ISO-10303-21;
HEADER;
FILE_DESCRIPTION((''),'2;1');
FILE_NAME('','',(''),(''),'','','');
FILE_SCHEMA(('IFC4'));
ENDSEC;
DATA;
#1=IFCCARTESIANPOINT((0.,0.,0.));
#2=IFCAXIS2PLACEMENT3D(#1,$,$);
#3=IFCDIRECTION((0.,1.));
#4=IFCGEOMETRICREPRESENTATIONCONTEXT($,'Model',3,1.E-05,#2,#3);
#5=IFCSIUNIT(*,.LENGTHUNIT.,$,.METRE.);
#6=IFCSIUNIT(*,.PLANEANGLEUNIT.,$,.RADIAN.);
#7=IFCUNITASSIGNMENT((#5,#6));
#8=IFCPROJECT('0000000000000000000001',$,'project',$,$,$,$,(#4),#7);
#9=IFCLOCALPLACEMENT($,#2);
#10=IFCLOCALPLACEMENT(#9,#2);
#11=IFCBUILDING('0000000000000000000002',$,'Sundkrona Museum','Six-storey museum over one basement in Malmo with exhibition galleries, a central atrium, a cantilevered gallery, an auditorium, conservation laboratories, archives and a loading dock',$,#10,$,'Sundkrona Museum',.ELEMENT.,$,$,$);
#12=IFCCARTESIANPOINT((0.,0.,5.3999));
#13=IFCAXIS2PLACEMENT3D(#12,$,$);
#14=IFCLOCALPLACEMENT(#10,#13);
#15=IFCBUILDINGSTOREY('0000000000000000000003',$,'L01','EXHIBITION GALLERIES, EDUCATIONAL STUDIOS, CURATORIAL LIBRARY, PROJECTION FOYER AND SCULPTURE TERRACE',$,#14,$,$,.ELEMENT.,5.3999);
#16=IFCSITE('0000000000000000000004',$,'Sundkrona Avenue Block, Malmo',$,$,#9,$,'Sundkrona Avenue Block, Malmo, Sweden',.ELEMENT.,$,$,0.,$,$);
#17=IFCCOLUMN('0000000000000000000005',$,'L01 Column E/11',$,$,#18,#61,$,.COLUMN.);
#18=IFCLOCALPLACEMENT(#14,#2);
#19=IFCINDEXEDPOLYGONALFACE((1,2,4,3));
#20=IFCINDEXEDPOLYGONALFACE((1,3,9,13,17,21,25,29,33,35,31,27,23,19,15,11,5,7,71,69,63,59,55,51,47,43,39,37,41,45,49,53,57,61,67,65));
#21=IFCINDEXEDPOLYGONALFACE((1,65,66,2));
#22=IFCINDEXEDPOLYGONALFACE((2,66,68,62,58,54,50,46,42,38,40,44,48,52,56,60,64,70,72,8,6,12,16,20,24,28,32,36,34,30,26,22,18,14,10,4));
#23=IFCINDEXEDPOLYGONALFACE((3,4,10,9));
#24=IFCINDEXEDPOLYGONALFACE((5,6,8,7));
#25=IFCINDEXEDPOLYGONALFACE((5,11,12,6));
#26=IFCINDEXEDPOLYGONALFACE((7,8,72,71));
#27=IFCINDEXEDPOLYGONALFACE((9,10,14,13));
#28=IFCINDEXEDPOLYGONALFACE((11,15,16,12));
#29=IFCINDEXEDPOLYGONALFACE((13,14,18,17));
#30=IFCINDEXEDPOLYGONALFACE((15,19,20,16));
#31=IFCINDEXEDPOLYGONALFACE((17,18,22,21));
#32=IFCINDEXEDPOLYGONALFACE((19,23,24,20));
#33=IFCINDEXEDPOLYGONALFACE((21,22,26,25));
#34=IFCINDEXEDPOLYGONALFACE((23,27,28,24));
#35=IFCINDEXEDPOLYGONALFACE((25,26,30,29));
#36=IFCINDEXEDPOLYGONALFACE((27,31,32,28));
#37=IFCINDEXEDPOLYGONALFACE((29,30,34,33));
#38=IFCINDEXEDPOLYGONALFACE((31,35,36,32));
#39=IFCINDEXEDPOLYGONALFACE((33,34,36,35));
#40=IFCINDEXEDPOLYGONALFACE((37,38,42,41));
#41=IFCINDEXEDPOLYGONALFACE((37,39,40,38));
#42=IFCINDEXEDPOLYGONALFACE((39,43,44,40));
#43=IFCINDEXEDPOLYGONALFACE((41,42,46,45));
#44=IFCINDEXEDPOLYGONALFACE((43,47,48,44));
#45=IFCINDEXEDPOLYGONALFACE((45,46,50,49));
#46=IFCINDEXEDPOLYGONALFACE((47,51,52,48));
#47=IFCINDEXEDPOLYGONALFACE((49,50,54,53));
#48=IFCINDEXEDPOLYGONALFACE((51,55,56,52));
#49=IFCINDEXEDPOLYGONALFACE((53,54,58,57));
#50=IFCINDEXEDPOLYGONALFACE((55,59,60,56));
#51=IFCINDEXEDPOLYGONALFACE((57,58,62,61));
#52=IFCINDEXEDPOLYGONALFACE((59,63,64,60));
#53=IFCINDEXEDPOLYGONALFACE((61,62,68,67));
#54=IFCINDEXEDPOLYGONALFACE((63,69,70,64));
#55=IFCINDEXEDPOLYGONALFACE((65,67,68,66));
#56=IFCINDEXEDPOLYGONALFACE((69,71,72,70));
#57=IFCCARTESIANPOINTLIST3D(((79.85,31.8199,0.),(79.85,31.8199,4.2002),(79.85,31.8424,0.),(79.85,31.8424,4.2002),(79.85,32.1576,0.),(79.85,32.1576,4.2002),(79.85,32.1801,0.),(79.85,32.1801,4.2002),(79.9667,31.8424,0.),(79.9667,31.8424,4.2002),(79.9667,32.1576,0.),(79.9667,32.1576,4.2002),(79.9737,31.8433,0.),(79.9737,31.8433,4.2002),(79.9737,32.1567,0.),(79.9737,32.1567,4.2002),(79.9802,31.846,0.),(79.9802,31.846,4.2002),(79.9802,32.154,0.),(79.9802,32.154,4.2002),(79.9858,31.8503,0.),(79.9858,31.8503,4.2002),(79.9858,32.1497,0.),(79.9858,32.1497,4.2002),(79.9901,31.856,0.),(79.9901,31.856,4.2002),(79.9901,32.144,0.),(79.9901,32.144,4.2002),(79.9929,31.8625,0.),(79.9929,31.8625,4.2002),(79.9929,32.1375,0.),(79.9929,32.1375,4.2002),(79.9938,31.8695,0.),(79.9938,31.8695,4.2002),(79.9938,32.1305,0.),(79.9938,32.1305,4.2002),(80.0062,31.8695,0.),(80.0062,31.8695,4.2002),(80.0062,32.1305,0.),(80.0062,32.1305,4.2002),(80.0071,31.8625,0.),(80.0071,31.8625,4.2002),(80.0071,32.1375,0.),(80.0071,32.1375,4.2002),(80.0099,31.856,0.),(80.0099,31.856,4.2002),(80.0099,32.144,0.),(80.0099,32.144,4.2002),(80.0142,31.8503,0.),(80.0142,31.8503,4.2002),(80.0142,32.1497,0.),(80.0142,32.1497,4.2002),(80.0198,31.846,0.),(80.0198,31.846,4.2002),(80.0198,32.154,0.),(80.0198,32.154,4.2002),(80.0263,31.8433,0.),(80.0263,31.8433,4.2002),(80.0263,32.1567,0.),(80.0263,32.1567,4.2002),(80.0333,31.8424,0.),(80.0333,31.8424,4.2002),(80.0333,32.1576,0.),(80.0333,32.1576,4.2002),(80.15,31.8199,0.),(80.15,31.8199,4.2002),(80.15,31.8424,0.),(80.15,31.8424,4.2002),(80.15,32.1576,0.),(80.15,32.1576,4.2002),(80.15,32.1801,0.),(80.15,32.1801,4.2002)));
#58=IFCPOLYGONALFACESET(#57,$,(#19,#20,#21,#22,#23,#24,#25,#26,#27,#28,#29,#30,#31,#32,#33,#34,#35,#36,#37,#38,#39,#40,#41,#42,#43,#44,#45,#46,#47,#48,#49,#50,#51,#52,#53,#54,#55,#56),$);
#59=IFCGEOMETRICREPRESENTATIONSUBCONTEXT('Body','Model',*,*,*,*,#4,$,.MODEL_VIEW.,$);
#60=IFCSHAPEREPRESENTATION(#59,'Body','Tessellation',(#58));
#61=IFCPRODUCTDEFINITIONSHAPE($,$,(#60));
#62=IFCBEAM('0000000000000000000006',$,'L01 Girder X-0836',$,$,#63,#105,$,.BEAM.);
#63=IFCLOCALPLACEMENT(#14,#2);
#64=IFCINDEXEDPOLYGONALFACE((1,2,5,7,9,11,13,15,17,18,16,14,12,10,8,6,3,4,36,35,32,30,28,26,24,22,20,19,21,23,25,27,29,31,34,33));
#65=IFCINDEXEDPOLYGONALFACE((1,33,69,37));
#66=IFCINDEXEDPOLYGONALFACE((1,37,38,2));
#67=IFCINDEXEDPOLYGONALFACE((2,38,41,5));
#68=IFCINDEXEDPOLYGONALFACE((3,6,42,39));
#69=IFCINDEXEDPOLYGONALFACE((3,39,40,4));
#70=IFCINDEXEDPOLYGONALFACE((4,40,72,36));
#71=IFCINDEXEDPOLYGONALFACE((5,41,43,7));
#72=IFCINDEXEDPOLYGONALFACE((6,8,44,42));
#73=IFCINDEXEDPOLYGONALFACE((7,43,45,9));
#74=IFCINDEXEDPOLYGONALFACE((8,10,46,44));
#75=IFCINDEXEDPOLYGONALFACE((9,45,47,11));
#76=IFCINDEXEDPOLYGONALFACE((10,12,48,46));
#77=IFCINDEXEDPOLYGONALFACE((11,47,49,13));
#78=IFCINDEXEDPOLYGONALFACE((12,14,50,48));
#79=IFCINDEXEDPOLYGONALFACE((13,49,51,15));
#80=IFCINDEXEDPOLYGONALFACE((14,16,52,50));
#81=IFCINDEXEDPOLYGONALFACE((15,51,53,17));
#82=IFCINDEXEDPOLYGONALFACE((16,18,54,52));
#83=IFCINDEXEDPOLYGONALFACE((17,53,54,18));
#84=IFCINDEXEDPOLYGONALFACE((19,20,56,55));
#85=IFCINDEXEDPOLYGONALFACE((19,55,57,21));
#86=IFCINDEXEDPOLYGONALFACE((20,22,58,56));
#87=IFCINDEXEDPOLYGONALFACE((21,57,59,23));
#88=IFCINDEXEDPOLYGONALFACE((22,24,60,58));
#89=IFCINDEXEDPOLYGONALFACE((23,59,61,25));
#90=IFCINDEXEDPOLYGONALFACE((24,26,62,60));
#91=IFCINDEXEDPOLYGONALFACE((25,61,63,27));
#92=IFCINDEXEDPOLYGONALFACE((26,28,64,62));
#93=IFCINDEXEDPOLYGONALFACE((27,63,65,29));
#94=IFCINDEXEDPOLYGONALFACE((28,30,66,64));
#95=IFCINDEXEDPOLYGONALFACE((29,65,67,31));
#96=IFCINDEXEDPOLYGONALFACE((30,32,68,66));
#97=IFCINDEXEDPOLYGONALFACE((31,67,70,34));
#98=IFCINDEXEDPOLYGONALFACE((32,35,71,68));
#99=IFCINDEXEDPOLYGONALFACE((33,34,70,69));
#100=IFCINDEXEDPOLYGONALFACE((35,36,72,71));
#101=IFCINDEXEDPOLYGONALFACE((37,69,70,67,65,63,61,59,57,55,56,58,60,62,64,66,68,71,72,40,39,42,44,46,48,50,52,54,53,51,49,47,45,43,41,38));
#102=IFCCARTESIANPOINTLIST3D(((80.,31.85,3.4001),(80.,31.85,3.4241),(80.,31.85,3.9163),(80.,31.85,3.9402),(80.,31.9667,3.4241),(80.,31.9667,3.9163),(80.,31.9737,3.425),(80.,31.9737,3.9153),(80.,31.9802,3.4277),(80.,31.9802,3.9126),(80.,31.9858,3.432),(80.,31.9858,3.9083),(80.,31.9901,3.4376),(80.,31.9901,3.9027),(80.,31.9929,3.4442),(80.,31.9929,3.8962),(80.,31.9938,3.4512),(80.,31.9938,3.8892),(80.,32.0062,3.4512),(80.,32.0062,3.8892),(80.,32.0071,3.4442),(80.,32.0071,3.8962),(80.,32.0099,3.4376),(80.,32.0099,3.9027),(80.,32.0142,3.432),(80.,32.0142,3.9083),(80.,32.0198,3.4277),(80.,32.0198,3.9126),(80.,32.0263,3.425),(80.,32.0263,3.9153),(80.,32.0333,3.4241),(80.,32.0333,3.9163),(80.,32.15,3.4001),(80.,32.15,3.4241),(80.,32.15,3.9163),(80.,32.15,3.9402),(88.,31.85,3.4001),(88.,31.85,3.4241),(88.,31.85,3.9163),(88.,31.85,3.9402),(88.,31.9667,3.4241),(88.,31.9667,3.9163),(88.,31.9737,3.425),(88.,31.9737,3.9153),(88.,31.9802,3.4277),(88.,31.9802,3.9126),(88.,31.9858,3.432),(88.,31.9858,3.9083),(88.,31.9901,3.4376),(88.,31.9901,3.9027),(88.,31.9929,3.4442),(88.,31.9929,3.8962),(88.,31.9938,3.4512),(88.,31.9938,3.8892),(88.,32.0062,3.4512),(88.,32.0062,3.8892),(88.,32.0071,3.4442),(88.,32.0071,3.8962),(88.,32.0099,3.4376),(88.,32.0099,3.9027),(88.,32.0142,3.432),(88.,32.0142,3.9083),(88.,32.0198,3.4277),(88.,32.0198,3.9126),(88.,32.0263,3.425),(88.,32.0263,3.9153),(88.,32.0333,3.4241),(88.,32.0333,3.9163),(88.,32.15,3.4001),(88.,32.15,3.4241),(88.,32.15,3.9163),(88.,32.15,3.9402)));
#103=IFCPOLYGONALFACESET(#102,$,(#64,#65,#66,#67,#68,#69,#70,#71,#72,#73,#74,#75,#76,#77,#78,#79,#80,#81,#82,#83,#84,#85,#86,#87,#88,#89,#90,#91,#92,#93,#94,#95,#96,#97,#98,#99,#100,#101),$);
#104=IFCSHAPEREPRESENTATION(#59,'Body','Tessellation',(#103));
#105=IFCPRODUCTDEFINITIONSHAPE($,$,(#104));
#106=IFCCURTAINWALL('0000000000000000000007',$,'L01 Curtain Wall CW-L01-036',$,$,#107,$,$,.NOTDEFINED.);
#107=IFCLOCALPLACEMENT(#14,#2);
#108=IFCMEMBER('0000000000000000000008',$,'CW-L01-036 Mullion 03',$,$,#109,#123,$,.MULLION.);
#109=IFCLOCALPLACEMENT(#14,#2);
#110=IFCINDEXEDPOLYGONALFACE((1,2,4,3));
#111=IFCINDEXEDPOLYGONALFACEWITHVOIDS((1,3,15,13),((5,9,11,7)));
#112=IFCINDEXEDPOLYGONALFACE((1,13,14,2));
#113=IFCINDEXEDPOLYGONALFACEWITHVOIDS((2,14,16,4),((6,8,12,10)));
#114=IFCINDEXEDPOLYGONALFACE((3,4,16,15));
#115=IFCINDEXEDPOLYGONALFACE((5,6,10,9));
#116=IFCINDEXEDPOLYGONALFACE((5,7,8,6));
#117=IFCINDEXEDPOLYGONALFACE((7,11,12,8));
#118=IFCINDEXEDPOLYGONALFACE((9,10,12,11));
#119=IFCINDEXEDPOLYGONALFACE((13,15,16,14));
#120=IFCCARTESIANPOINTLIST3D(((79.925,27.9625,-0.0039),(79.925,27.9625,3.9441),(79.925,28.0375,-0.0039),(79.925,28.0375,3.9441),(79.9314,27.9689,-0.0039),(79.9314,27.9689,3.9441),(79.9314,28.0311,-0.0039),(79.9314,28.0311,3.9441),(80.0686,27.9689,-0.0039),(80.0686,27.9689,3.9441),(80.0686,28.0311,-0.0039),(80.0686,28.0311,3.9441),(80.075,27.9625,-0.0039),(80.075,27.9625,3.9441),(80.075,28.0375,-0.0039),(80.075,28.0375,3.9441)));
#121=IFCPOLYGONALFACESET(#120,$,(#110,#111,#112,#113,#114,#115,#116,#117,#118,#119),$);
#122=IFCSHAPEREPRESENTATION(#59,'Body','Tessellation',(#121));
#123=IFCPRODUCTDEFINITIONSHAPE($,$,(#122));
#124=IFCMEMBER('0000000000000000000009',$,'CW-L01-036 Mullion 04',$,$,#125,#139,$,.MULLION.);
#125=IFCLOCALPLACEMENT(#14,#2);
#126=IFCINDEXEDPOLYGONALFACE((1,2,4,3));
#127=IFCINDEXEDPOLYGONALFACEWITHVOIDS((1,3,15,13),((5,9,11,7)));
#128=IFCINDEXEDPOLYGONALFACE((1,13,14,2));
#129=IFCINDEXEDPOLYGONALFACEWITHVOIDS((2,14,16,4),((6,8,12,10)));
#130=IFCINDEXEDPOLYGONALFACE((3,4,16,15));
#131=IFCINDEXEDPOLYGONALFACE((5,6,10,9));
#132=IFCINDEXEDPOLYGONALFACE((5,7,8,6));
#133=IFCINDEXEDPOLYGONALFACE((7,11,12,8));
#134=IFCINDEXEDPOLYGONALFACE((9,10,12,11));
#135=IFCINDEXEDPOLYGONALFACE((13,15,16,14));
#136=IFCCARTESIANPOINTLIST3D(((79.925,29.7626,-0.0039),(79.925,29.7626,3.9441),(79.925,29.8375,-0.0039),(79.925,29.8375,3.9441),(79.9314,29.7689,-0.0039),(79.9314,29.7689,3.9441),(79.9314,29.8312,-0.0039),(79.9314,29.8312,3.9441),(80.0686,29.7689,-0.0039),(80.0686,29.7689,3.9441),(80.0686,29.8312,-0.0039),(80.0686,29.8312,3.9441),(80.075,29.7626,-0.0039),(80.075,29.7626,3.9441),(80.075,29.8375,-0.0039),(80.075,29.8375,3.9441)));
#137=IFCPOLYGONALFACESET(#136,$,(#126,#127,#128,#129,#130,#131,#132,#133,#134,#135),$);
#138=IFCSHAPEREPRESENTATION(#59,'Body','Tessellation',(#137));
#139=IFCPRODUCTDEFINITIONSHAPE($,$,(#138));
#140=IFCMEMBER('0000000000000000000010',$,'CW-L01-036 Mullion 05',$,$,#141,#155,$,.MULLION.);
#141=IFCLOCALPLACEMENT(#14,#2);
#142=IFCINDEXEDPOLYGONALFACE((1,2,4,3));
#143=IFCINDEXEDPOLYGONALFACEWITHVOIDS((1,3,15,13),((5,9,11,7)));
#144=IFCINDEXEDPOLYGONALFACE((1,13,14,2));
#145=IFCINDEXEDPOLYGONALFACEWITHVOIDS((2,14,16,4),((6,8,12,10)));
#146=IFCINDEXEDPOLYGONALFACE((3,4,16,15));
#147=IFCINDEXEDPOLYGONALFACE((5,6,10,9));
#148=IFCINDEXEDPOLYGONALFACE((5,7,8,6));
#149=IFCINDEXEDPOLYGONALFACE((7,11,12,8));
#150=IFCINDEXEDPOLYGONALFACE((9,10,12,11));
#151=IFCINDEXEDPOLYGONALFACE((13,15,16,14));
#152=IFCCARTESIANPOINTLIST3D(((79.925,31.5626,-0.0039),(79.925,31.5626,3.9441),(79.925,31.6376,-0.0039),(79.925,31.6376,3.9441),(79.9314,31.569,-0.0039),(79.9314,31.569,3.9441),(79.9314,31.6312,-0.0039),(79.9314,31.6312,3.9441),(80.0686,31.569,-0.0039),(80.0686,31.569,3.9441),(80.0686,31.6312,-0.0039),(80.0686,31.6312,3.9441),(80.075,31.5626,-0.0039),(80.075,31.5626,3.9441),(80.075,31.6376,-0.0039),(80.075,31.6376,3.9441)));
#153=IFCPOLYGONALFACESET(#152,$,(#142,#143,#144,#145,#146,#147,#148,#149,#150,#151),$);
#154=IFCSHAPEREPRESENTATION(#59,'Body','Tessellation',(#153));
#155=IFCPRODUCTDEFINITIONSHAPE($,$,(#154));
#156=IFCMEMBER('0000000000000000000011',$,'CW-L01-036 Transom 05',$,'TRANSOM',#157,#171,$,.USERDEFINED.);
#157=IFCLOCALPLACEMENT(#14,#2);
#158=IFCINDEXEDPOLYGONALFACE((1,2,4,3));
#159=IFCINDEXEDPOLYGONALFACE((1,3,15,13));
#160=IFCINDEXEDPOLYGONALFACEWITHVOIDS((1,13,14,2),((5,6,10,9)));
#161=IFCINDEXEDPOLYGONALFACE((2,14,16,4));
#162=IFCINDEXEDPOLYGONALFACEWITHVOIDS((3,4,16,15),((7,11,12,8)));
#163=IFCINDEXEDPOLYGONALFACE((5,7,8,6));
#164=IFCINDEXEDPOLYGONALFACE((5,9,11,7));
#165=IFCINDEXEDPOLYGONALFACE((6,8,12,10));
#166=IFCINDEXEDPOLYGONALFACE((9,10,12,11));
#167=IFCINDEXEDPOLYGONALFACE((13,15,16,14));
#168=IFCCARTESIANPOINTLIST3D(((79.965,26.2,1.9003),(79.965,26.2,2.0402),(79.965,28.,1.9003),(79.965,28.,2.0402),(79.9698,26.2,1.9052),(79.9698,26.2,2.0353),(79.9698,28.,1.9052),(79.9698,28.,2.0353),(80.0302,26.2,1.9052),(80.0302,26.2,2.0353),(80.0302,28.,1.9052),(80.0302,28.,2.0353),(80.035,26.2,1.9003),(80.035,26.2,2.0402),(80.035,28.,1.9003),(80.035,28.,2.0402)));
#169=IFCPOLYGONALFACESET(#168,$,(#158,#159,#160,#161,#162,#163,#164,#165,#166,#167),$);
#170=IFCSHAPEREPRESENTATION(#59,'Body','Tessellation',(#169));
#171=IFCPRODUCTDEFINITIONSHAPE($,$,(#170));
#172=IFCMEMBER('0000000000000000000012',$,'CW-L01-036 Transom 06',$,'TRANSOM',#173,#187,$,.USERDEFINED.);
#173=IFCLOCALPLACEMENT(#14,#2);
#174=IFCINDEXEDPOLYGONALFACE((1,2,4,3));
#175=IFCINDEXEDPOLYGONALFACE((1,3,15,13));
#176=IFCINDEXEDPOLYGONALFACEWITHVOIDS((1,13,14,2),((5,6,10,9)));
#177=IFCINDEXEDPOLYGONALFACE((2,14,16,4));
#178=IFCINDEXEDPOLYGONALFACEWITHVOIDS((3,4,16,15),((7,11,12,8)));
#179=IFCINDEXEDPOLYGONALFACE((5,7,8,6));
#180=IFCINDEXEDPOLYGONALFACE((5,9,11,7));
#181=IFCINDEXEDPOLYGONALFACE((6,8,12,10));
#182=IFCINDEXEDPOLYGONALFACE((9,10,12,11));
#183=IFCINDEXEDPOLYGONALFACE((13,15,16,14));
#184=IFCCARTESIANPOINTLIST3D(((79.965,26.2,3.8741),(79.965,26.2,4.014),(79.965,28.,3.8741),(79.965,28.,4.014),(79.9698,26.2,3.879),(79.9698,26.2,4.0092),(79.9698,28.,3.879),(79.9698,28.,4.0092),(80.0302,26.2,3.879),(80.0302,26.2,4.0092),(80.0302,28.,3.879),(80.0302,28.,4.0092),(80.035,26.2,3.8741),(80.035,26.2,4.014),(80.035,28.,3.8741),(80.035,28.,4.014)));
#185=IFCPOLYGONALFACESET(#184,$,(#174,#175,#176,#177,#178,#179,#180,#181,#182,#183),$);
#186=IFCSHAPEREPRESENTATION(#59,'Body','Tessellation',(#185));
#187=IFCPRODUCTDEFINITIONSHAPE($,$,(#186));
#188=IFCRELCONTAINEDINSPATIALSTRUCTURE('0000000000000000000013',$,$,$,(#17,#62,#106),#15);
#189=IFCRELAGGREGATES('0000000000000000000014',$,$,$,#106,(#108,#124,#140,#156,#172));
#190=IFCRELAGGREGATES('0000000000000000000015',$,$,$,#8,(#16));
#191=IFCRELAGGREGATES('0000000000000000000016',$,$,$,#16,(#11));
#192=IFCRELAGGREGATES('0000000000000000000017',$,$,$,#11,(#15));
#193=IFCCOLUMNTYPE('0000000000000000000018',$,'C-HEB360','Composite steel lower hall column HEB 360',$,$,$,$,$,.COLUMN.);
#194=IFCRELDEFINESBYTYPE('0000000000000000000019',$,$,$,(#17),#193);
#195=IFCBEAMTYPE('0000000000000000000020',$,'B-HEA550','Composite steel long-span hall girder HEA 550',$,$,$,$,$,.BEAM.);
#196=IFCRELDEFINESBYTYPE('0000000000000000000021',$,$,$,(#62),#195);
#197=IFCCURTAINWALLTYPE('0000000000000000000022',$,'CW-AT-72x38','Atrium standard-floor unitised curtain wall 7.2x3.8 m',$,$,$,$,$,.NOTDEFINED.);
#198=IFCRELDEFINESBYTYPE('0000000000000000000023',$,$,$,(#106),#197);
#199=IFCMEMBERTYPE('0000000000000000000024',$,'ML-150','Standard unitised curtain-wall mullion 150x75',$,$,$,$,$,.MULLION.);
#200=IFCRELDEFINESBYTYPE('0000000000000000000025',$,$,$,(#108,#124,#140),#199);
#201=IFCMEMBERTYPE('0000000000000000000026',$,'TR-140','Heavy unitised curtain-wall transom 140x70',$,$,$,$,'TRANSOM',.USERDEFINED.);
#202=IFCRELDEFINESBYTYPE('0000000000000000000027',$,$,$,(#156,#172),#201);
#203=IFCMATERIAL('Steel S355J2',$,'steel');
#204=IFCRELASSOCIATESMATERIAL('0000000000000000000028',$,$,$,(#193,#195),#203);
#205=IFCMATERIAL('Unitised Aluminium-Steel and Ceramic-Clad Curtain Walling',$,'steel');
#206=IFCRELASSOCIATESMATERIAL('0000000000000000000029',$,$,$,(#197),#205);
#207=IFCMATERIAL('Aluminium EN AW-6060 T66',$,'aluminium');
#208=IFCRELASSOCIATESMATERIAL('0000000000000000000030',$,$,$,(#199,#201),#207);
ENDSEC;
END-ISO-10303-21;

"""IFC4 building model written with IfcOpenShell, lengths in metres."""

from ifc_helpers import new_model, si_unit, direction, frame, origin, origin_2d, place, context, subcontext, project, spatial, hollow_rectangle, i_section, extrude, material, material_profile, profile_set, type_object, element, aggregate, save


model = new_model("IFC4")

# Units and contexts
model_context = context("Model", 3, precision=1e-05, world=origin(), true_north=direction((0.0, 1.0)))
body_context = subcontext(model_context, "Body", "Model", "MODEL_VIEW")
ifc_project = project(units=[si_unit("LENGTHUNIT", "METRE"), si_unit("PLANEANGLEUNIT", "RADIAN")], contexts=[model_context])

# Site, building, storey
site_placement = place(None, origin())
site = spatial("IfcSite", under=ifc_project, at=site_placement, Name="Sundkrona Avenue Block, Malmo", LongName="Sundkrona Avenue Block, Malmo, Sweden", CompositionType="ELEMENT", RefElevation=0.0)
building_placement = place(site_placement, origin())
building = spatial("IfcBuilding", under=site, at=building_placement, Name="Sundkrona Museum", Description="Six-storey museum over one basement in Malmo with exhibition galleries, a central atrium, a cantilevered gallery, an auditorium, conservation laboratories, archives and a loading dock", LongName="Sundkrona Museum", CompositionType="ELEMENT")
storey_placement = place(building_placement, frame((0.0, 0.0, 5.3999)))
storey = spatial("IfcBuildingStorey", under=building, at=storey_placement, Name="L01", Description="EXHIBITION GALLERIES, EDUCATIONAL STUDIOS, CURATORIAL LIBRARY, PROJECTION FOYER AND SCULPTURE TERRACE", CompositionType="ELEMENT", Elevation=5.3999)

# Column
ifc_material_1 = material(Name="Steel S355J2", Category="steel")
ifc_material_profile_1 = material_profile(ifc_material_1, i_section(OverallWidth=0.3, OverallDepth=0.3601, WebThickness=0.0125, FlangeThickness=0.0225, FilletRadius=0.0271, at=origin_2d()), Name="HEB 360")
ifc_profile_set_1 = profile_set([ifc_material_profile_1], Name="Steel S355J2")
column_type = type_object("IfcColumnType", Name="C-HEB360", Description="Composite steel lower hall column HEB 360", PredefinedType="COLUMN", material=ifc_profile_set_1)
column_placement = place(storey_placement, frame((80.0, 32.0, 0.0), z_axis=(0.0, 0.0, 1.0), x_axis=(1.0, 0.0, 0.0)))
element("IfcColumn", 1, at=column_placement, inside=storey, type_object=column_type, Name="L01 Column E/11", PredefinedType="COLUMN", context=body_context, shape_type="SweptSolid", body=[
    extrude(i_section(OverallWidth=0.3, OverallDepth=0.3601, WebThickness=0.0125, FlangeThickness=0.0225, FilletRadius=0.0271, at=origin_2d()), origin(), (0.0, 0.0, 1.0), 4.2002),
])

# Beam
ifc_material_profile_2 = material_profile(ifc_material_1, i_section(OverallWidth=0.3, OverallDepth=0.54, WebThickness=0.0125, FlangeThickness=0.0239, FilletRadius=0.0271, at=origin_2d()), Name="HEA 550")
ifc_profile_set_2 = profile_set([ifc_material_profile_2], Name="Steel S355J2")
beam_type = type_object("IfcBeamType", Name="B-HEA550", Description="Composite steel long-span hall girder HEA 550", PredefinedType="BEAM", material=ifc_profile_set_2)
beam_placement = place(storey_placement, frame((80.0, 32.0, 3.6702), z_axis=(1.0, 0.0, 0.0), x_axis=(0.0, 1.0, 0.0)))
element("IfcBeam", 2, at=beam_placement, inside=storey, type_object=beam_type, Name="L01 Girder X-0836", PredefinedType="BEAM", context=body_context, shape_type="SweptSolid", body=[
    extrude(i_section(OverallWidth=0.3, OverallDepth=0.54, WebThickness=0.0125, FlangeThickness=0.0239, FilletRadius=0.0271, at=origin_2d()), origin(), (0.0, 0.0, 1.0), 8.0),
])

# Curtain wall, members
ifc_material_2 = material(Name="Unitised Aluminium-Steel and Ceramic-Clad Curtain Walling", Category="steel")
curtain_wall_type = type_object("IfcCurtainWallType", Name="CW-AT-72x38", Description="Atrium standard-floor unitised curtain wall 7.2x3.8 m", PredefinedType="NOTDEFINED", material=ifc_material_2)
curtain_wall_placement = place(storey_placement, origin())
curtain_wall = element("IfcCurtainWall", 3, at=curtain_wall_placement, inside=storey, type_object=curtain_wall_type, Name="L01 Curtain Wall CW-L01-036", PredefinedType="NOTDEFINED")
ifc_material_3 = material(Name="Aluminium EN AW-6060 T66", Category="aluminium")
ifc_material_profile_3 = material_profile(ifc_material_3, hollow_rectangle(XDim=0.075, YDim=0.1499, WallThickness=0.0063, at=origin_2d()), Name="RHS 150x75x6.3")
ifc_profile_set_3 = profile_set([ifc_material_profile_3], Name="Aluminium EN AW-6060 T66")
member_type_1 = type_object("IfcMemberType", Name="ML-150", Description="Standard unitised curtain-wall mullion 150x75", PredefinedType="MULLION", material=ifc_profile_set_3)
member_1_placement = place(storey_placement, frame((80.0, 28.0, -0.0039), z_axis=(0.0, 0.0, 1.0), x_axis=(0.0, 1.0, 0.0)))
member_1 = element("IfcMember", 4, at=member_1_placement, type_object=member_type_1, Name="CW-L01-036 Mullion 03", PredefinedType="MULLION", context=body_context, shape_type="SweptSolid", body=[
    extrude(hollow_rectangle(XDim=0.075, YDim=0.1499, WallThickness=0.0063, at=origin_2d()), origin(), (0.0, 0.0, 1.0), 3.948),
])
member_2_placement = place(storey_placement, frame((80.0, 29.8, -0.0039), z_axis=(0.0, 0.0, 1.0), x_axis=(0.0, 1.0, 0.0)))
member_2 = element("IfcMember", 5, at=member_2_placement, type_object=member_type_1, Name="CW-L01-036 Mullion 04", PredefinedType="MULLION", context=body_context, shape_type="SweptSolid", body=[
    extrude(hollow_rectangle(XDim=0.075, YDim=0.1499, WallThickness=0.0063, at=origin_2d()), origin(), (0.0, 0.0, 1.0), 3.948),
])
member_3_placement = place(storey_placement, frame((80.0, 31.6001, -0.0039), z_axis=(0.0, 0.0, 1.0), x_axis=(0.0, 1.0, 0.0)))
member_3 = element("IfcMember", 6, at=member_3_placement, type_object=member_type_1, Name="CW-L01-036 Mullion 05", PredefinedType="MULLION", context=body_context, shape_type="SweptSolid", body=[
    extrude(hollow_rectangle(XDim=0.075, YDim=0.1499, WallThickness=0.0063, at=origin_2d()), origin(), (0.0, 0.0, 1.0), 3.948),
])
ifc_material_profile_4 = material_profile(ifc_material_3, hollow_rectangle(XDim=0.0701, YDim=0.1399, WallThickness=0.0049, at=origin_2d()), Name="RHS 140x70x5.0")
ifc_profile_set_4 = profile_set([ifc_material_profile_4], Name="Aluminium EN AW-6060 T66")
member_type_2 = type_object("IfcMemberType", Name="TR-140", Description="Heavy unitised curtain-wall transom 140x70", ElementType="TRANSOM", PredefinedType="USERDEFINED", material=ifc_profile_set_4)
member_4_placement = place(storey_placement, frame((80.0, 26.2, 1.9702), z_axis=(0.0, 1.0, 0.0), x_axis=(-1.0, 0.0, 0.0)))
member_4 = element("IfcMember", 7, at=member_4_placement, type_object=member_type_2, Name="CW-L01-036 Transom 05", ObjectType="TRANSOM", PredefinedType="USERDEFINED", context=body_context, shape_type="SweptSolid", body=[
    extrude(hollow_rectangle(XDim=0.0701, YDim=0.1399, WallThickness=0.0049, at=origin_2d()), origin(), (0.0, 0.0, 1.0), 1.8),
])
member_5_placement = place(storey_placement, frame((80.0, 26.2, 3.9441), z_axis=(0.0, 1.0, 0.0), x_axis=(-1.0, 0.0, 0.0)))
member_5 = element("IfcMember", 8, at=member_5_placement, type_object=member_type_2, Name="CW-L01-036 Transom 06", ObjectType="TRANSOM", PredefinedType="USERDEFINED", context=body_context, shape_type="SweptSolid", body=[
    extrude(hollow_rectangle(XDim=0.0701, YDim=0.1399, WallThickness=0.0049, at=origin_2d()), origin(), (0.0, 0.0, 1.0), 1.8),
])
aggregate(curtain_wall, [member_1, member_2, member_3, member_4, member_5])

save(model, "model.ifc")
